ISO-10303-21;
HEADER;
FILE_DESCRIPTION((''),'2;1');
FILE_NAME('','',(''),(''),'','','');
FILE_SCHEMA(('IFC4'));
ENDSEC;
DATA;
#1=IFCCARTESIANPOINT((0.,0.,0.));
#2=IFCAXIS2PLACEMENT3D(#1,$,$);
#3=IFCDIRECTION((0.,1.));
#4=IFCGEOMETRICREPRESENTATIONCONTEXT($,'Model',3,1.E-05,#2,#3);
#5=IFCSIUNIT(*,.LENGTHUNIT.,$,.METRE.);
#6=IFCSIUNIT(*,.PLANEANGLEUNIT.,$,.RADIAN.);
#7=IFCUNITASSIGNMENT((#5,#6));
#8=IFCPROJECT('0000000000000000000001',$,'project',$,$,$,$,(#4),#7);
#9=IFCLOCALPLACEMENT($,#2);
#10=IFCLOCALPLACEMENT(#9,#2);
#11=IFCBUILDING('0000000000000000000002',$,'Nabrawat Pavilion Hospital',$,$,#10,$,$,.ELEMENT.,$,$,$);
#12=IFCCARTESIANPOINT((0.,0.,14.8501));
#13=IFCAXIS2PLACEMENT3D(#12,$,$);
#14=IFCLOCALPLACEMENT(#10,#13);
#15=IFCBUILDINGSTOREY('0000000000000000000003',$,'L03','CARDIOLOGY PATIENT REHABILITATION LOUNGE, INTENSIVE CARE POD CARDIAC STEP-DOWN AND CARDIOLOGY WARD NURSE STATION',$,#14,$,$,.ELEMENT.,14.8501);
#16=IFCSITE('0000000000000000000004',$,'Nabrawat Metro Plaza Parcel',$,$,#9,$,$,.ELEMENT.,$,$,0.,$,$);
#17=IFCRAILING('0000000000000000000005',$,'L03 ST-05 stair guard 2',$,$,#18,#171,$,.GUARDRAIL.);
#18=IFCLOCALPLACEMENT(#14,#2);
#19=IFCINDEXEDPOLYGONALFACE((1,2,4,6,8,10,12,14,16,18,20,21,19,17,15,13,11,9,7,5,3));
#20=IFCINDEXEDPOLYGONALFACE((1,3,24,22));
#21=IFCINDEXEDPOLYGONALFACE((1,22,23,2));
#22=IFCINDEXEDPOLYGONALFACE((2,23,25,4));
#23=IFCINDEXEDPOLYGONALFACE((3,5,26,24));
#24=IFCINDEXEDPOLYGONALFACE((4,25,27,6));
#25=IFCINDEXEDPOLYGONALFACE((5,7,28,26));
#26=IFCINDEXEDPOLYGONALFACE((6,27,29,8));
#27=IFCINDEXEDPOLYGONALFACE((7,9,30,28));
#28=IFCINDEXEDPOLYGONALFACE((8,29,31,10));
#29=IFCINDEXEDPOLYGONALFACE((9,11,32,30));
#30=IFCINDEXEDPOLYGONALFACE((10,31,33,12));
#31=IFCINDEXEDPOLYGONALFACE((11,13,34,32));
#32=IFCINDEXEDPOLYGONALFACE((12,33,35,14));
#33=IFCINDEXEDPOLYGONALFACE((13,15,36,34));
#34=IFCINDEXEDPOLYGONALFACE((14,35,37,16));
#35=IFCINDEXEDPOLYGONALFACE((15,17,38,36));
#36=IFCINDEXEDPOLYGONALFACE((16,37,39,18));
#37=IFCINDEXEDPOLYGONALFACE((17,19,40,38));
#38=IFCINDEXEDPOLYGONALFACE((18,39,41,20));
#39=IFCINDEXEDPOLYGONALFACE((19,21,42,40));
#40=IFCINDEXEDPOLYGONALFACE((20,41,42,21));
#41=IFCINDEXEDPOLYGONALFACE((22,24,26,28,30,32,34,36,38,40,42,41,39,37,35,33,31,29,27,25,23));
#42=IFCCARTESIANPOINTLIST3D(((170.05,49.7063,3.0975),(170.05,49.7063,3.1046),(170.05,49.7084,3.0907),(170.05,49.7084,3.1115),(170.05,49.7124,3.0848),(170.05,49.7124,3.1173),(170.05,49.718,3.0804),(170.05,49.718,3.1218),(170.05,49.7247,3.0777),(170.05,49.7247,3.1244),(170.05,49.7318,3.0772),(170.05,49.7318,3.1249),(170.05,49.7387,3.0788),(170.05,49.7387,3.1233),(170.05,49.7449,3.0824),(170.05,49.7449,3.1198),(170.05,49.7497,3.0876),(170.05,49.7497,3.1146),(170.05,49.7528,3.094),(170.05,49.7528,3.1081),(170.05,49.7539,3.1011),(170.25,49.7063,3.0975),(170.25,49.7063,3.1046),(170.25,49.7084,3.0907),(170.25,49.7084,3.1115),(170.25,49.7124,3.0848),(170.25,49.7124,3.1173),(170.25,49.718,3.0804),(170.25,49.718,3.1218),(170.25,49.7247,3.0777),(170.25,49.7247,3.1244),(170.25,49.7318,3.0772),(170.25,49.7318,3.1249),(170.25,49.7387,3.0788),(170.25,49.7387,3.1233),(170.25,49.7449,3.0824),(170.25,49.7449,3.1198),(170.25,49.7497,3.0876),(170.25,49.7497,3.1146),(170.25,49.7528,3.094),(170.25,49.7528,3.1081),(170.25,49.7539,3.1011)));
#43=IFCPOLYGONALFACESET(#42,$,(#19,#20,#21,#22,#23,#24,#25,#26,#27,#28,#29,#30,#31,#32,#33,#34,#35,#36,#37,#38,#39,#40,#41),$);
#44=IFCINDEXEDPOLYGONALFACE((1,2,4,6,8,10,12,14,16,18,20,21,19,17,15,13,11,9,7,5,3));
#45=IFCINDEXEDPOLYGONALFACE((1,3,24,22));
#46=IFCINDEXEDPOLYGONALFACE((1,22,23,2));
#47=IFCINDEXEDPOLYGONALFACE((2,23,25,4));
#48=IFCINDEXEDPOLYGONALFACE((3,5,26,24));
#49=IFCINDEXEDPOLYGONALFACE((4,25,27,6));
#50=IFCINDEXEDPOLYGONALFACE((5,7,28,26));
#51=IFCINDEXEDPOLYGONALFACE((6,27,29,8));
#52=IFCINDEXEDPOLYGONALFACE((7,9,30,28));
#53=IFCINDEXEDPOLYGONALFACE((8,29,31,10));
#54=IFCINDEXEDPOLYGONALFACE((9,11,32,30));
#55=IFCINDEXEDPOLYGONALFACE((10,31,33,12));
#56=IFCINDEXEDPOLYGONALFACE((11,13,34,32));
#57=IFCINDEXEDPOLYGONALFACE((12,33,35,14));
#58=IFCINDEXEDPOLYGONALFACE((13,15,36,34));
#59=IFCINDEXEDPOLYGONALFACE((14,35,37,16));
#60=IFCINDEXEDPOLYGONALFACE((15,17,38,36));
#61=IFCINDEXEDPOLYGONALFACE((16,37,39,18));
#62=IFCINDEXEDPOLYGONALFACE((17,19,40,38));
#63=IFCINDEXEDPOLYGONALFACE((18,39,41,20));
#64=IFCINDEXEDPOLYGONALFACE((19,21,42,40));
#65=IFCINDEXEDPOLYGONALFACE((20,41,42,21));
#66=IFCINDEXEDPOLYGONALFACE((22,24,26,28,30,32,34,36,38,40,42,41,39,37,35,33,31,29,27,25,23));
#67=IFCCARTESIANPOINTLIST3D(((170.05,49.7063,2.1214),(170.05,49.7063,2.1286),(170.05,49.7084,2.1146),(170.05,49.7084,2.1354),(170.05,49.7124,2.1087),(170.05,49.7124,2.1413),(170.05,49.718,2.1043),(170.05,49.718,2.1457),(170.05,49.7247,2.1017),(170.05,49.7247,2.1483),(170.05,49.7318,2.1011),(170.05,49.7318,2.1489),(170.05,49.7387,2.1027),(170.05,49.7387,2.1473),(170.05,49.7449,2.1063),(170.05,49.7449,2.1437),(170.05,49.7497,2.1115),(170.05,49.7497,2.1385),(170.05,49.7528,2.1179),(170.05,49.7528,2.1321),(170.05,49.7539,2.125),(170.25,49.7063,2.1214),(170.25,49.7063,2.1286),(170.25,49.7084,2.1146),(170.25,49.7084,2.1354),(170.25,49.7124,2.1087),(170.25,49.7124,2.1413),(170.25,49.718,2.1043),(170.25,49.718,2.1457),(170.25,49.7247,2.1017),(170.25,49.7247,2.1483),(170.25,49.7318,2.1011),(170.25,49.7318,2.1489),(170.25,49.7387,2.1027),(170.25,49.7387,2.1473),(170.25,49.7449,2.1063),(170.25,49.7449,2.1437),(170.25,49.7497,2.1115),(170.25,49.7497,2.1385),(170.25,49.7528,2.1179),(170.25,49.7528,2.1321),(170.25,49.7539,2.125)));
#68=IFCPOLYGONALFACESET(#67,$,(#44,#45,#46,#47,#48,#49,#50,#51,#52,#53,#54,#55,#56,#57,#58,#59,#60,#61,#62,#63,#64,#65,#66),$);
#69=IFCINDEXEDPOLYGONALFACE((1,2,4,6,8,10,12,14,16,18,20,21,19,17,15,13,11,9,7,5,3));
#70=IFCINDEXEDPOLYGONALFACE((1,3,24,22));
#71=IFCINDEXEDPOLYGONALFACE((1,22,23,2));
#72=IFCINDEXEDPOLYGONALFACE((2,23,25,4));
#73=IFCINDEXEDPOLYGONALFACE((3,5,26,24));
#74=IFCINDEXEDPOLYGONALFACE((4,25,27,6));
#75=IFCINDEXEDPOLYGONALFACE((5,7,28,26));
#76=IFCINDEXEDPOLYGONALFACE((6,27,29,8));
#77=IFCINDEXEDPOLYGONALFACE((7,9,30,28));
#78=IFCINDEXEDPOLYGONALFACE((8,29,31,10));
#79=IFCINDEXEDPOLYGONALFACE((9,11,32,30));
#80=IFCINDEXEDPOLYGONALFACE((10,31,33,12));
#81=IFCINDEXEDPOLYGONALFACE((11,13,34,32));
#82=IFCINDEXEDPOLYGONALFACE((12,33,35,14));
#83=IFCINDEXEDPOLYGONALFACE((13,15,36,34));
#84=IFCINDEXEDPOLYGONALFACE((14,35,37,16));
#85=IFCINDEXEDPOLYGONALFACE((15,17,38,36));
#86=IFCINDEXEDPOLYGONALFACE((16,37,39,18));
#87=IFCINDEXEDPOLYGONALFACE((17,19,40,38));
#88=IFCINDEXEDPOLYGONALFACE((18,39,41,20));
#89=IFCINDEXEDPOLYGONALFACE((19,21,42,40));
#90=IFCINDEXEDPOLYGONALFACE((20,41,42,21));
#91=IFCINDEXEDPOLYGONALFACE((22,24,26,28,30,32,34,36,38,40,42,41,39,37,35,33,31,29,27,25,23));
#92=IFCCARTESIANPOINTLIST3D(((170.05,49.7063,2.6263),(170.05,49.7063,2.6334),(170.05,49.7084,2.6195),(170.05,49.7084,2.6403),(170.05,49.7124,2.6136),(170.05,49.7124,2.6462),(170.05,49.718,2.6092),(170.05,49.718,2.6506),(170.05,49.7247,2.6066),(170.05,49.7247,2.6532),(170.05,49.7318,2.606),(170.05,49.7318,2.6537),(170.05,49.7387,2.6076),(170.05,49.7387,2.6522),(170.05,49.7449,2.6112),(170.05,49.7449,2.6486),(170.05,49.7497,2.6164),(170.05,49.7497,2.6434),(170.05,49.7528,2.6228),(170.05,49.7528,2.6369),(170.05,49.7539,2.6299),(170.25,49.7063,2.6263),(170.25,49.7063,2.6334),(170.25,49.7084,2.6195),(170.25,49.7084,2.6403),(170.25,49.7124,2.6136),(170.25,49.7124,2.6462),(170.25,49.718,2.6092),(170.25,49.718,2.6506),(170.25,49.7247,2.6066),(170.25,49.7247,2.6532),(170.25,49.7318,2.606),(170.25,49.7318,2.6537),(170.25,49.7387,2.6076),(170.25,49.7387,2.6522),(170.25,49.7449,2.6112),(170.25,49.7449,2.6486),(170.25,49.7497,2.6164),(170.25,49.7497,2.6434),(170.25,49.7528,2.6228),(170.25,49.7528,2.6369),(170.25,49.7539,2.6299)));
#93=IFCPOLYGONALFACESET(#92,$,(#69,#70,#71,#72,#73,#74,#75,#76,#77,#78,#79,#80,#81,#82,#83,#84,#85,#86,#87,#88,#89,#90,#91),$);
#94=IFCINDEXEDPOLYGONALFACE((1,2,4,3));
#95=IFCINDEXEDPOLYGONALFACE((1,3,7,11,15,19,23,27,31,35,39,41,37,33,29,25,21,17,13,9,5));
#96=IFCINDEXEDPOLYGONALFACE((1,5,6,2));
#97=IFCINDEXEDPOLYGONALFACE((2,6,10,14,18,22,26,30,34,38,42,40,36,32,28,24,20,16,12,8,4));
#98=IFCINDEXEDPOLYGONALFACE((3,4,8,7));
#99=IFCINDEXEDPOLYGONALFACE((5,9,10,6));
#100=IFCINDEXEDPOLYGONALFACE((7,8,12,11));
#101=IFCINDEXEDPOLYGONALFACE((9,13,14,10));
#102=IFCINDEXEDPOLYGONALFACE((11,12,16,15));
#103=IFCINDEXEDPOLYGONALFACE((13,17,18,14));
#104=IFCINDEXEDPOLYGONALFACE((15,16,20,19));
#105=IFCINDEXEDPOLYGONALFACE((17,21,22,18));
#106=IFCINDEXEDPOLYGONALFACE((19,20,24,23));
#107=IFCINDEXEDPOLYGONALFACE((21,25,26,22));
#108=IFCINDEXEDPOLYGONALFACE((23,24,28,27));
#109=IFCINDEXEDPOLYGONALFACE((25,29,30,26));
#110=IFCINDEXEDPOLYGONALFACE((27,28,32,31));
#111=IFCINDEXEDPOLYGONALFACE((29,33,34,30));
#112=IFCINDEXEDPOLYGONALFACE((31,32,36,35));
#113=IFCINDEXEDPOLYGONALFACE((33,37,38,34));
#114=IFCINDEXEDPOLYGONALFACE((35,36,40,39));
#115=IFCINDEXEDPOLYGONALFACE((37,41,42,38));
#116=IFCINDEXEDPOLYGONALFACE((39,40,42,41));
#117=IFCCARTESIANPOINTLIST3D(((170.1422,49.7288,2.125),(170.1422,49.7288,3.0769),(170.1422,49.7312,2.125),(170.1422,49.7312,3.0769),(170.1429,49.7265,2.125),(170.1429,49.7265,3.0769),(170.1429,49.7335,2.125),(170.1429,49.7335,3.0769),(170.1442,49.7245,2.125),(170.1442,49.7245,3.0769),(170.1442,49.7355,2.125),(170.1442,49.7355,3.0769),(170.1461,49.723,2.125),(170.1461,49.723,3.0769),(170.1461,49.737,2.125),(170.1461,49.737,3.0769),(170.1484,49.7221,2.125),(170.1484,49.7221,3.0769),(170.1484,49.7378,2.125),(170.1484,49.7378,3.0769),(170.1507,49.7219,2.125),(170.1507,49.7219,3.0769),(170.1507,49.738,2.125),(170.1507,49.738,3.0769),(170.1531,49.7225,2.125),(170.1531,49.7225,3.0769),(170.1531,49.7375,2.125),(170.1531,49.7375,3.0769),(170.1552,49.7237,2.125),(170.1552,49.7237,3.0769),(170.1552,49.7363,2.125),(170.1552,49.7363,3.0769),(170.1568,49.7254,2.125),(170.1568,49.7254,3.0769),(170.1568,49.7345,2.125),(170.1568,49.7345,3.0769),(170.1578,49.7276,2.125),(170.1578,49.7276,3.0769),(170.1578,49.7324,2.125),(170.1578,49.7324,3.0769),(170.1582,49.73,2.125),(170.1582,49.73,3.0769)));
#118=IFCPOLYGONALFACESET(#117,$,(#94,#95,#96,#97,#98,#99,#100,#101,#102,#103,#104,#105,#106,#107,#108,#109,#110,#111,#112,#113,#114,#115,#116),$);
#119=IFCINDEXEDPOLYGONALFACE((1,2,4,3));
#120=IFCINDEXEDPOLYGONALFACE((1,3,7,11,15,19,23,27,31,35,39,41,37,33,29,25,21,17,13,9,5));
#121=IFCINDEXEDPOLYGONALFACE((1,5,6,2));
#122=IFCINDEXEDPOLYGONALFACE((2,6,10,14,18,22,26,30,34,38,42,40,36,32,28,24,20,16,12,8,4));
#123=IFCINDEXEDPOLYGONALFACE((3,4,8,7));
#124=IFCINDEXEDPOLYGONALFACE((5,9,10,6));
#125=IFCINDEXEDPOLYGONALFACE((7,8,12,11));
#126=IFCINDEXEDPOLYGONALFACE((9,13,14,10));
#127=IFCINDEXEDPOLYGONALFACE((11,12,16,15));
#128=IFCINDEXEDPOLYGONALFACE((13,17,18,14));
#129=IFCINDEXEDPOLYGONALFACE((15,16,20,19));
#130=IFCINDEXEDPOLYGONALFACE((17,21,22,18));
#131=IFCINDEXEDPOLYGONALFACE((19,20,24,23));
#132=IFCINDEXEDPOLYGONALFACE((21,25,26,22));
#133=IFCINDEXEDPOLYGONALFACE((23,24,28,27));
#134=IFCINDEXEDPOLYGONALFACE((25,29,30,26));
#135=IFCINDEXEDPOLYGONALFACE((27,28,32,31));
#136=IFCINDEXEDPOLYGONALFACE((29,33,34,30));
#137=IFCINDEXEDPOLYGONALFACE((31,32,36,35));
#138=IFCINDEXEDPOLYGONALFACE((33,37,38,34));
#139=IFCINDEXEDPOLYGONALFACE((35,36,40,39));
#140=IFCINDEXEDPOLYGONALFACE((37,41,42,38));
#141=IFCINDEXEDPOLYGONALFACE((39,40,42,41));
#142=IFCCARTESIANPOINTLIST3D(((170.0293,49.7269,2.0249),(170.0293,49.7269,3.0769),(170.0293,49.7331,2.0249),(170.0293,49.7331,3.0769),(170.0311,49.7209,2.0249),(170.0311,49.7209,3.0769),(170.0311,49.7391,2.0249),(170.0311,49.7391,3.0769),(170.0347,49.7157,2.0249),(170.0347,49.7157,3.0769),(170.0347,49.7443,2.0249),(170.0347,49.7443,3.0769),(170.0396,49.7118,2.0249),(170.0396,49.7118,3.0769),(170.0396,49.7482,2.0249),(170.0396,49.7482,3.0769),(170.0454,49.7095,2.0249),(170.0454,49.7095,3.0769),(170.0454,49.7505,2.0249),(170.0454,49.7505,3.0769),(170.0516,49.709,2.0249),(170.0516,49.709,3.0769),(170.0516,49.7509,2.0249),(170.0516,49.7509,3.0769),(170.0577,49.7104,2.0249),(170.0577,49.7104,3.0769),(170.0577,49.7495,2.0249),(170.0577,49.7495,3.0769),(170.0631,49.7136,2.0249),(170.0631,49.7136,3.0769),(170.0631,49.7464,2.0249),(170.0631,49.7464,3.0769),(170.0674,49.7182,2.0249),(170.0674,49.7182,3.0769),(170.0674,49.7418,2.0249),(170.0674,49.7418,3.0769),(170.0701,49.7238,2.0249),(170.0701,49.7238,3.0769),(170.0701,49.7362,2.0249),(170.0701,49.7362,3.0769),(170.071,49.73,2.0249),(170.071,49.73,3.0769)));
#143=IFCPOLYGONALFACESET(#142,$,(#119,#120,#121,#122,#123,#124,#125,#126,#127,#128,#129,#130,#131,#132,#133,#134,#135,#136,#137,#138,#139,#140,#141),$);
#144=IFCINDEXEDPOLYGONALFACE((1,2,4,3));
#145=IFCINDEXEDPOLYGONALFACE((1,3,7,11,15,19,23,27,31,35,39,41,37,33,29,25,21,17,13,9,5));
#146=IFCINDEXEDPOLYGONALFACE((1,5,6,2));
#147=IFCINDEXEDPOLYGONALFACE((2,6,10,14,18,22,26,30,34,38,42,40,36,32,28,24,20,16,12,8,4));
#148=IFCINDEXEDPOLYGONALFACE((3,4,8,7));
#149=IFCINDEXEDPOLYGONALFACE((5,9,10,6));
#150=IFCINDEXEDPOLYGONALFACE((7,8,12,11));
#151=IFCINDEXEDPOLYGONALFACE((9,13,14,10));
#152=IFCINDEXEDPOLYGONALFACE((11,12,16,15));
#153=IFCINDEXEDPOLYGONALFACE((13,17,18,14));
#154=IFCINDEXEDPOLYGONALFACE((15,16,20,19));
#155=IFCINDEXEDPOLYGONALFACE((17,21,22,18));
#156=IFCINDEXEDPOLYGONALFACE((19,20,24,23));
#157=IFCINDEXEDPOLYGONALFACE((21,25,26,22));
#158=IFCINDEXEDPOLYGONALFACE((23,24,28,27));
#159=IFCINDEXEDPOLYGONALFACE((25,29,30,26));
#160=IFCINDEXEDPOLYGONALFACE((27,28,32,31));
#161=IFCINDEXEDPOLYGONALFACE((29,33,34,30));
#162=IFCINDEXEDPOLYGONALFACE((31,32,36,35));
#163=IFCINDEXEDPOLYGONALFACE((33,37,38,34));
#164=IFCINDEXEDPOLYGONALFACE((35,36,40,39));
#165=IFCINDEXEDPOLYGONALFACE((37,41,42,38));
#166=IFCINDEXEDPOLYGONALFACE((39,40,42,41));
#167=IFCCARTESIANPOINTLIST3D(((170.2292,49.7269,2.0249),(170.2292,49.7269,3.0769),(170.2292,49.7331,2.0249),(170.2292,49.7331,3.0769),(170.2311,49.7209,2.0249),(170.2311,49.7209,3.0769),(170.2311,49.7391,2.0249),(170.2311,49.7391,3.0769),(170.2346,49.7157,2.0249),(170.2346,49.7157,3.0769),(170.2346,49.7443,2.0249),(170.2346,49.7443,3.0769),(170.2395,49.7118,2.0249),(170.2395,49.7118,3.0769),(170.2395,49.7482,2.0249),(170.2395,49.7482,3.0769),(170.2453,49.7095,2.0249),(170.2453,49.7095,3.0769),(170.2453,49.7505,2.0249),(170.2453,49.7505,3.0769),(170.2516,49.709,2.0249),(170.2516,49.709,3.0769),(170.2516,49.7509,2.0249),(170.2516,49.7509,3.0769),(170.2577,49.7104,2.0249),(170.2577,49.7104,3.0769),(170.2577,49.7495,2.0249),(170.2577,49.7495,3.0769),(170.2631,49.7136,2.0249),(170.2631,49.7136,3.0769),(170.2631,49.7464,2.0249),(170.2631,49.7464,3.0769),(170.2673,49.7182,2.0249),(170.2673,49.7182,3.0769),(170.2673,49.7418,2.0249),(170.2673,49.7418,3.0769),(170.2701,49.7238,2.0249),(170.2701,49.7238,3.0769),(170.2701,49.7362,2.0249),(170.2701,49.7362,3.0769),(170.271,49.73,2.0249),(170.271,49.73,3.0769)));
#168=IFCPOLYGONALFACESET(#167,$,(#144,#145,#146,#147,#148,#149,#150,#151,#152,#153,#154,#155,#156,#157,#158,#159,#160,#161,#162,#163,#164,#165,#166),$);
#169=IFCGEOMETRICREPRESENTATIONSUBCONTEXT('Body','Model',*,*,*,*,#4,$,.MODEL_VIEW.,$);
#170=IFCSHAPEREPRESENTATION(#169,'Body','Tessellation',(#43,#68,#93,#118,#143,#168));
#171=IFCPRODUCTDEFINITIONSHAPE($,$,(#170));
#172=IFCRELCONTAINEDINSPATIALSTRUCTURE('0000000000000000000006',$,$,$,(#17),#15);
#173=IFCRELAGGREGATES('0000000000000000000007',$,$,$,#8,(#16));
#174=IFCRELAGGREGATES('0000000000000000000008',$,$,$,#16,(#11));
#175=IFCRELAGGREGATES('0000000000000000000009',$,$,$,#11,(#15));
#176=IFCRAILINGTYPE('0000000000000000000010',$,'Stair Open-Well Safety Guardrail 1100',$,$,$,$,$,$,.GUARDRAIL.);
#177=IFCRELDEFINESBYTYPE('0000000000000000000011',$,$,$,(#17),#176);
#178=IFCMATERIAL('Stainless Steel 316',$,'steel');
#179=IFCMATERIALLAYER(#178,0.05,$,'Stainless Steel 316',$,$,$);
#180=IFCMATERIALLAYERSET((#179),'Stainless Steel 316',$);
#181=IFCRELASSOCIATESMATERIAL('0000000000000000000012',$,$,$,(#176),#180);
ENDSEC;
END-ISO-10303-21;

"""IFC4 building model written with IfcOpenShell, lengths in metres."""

from ifc_helpers import new_model, si_unit, direction, frame, origin, origin_2d, place, context, subcontext, project, spatial, circle, extrude, material, layer, layer_set, type_object, element, save


model = new_model("IFC4")

# Units and contexts
model_context = context("Model", 3, precision=1e-05, world=origin(), true_north=direction((0.0, 1.0)))
body_context = subcontext(model_context, "Body", "Model", "MODEL_VIEW")
ifc_project = project(units=[si_unit("LENGTHUNIT", "METRE"), si_unit("PLANEANGLEUNIT", "RADIAN")], contexts=[model_context])

# Site, building, storey
site_placement = place(None, origin())
site = spatial("IfcSite", under=ifc_project, at=site_placement, Name="Nabrawat Metro Plaza Parcel", CompositionType="ELEMENT", RefElevation=0.0)
building_placement = place(site_placement, origin())
building = spatial("IfcBuilding", under=site, at=building_placement, Name="Nabrawat Pavilion Hospital", CompositionType="ELEMENT")
storey_placement = place(building_placement, frame((0.0, 0.0, 14.8501)))
storey = spatial("IfcBuildingStorey", under=building, at=storey_placement, Name="L03", Description="CARDIOLOGY PATIENT REHABILITATION LOUNGE, INTENSIVE CARE POD CARDIAC STEP-DOWN AND CARDIOLOGY WARD NURSE STATION", CompositionType="ELEMENT", Elevation=14.8501)

# Railing
ifc_material_1 = material(Name="Stainless Steel 316", Category="steel")
ifc_layer_1 = layer(ifc_material_1, 0.05, Name="Stainless Steel 316")
ifc_layer_set_1 = layer_set([ifc_layer_1], Name="Stainless Steel 316")
railing_type_1 = type_object("IfcRailingType", Name="Stair Open-Well Safety Guardrail 1100", PredefinedType="GUARDRAIL", material=ifc_layer_set_1)
railing_1_placement = place(storey_placement, frame((170.05, 49.73, 2.0249)))
element("IfcRailing", 1, at=railing_1_placement, inside=storey, type_object=railing_type_1, Name="L03 ST-05 stair guard 2", PredefinedType="GUARDRAIL", context=body_context, shape_type="SweptSolid", body=[
    extrude(circle(Radius=0.0239, at=origin_2d()), frame((0.0, 0.0, 1.0762), z_axis=(1.0, 0.0, 0.0), x_axis=(0.0, 1.0, 0.0)), (0.0, 0.0, 1.0), 0.2),
    extrude(circle(Radius=0.0239, at=origin_2d()), frame((0.0, 0.0, 0.1001), z_axis=(1.0, 0.0, 0.0), x_axis=(0.0, 1.0, 0.0)), (0.0, 0.0, 1.0), 0.2),
    extrude(circle(Radius=0.0239, at=origin_2d()), frame((0.0, 0.0, 0.605), z_axis=(1.0, 0.0, 0.0), x_axis=(0.0, 1.0, 0.0)), (0.0, 0.0, 1.0), 0.2),
    extrude(circle(Radius=0.0081, at=origin_2d()), frame((0.1001, 0.0, 0.1001)), (0.0, 0.0, 1.0), 0.9519),
    extrude(circle(Radius=0.021, at=origin_2d()), origin(), (0.0, 0.0, 1.0), 1.052),
    extrude(circle(Radius=0.021, at=origin_2d()), frame((0.2, 0.0, 0.0)), (0.0, 0.0, 1.0), 1.052),
])

save(model, "model.ifc")
